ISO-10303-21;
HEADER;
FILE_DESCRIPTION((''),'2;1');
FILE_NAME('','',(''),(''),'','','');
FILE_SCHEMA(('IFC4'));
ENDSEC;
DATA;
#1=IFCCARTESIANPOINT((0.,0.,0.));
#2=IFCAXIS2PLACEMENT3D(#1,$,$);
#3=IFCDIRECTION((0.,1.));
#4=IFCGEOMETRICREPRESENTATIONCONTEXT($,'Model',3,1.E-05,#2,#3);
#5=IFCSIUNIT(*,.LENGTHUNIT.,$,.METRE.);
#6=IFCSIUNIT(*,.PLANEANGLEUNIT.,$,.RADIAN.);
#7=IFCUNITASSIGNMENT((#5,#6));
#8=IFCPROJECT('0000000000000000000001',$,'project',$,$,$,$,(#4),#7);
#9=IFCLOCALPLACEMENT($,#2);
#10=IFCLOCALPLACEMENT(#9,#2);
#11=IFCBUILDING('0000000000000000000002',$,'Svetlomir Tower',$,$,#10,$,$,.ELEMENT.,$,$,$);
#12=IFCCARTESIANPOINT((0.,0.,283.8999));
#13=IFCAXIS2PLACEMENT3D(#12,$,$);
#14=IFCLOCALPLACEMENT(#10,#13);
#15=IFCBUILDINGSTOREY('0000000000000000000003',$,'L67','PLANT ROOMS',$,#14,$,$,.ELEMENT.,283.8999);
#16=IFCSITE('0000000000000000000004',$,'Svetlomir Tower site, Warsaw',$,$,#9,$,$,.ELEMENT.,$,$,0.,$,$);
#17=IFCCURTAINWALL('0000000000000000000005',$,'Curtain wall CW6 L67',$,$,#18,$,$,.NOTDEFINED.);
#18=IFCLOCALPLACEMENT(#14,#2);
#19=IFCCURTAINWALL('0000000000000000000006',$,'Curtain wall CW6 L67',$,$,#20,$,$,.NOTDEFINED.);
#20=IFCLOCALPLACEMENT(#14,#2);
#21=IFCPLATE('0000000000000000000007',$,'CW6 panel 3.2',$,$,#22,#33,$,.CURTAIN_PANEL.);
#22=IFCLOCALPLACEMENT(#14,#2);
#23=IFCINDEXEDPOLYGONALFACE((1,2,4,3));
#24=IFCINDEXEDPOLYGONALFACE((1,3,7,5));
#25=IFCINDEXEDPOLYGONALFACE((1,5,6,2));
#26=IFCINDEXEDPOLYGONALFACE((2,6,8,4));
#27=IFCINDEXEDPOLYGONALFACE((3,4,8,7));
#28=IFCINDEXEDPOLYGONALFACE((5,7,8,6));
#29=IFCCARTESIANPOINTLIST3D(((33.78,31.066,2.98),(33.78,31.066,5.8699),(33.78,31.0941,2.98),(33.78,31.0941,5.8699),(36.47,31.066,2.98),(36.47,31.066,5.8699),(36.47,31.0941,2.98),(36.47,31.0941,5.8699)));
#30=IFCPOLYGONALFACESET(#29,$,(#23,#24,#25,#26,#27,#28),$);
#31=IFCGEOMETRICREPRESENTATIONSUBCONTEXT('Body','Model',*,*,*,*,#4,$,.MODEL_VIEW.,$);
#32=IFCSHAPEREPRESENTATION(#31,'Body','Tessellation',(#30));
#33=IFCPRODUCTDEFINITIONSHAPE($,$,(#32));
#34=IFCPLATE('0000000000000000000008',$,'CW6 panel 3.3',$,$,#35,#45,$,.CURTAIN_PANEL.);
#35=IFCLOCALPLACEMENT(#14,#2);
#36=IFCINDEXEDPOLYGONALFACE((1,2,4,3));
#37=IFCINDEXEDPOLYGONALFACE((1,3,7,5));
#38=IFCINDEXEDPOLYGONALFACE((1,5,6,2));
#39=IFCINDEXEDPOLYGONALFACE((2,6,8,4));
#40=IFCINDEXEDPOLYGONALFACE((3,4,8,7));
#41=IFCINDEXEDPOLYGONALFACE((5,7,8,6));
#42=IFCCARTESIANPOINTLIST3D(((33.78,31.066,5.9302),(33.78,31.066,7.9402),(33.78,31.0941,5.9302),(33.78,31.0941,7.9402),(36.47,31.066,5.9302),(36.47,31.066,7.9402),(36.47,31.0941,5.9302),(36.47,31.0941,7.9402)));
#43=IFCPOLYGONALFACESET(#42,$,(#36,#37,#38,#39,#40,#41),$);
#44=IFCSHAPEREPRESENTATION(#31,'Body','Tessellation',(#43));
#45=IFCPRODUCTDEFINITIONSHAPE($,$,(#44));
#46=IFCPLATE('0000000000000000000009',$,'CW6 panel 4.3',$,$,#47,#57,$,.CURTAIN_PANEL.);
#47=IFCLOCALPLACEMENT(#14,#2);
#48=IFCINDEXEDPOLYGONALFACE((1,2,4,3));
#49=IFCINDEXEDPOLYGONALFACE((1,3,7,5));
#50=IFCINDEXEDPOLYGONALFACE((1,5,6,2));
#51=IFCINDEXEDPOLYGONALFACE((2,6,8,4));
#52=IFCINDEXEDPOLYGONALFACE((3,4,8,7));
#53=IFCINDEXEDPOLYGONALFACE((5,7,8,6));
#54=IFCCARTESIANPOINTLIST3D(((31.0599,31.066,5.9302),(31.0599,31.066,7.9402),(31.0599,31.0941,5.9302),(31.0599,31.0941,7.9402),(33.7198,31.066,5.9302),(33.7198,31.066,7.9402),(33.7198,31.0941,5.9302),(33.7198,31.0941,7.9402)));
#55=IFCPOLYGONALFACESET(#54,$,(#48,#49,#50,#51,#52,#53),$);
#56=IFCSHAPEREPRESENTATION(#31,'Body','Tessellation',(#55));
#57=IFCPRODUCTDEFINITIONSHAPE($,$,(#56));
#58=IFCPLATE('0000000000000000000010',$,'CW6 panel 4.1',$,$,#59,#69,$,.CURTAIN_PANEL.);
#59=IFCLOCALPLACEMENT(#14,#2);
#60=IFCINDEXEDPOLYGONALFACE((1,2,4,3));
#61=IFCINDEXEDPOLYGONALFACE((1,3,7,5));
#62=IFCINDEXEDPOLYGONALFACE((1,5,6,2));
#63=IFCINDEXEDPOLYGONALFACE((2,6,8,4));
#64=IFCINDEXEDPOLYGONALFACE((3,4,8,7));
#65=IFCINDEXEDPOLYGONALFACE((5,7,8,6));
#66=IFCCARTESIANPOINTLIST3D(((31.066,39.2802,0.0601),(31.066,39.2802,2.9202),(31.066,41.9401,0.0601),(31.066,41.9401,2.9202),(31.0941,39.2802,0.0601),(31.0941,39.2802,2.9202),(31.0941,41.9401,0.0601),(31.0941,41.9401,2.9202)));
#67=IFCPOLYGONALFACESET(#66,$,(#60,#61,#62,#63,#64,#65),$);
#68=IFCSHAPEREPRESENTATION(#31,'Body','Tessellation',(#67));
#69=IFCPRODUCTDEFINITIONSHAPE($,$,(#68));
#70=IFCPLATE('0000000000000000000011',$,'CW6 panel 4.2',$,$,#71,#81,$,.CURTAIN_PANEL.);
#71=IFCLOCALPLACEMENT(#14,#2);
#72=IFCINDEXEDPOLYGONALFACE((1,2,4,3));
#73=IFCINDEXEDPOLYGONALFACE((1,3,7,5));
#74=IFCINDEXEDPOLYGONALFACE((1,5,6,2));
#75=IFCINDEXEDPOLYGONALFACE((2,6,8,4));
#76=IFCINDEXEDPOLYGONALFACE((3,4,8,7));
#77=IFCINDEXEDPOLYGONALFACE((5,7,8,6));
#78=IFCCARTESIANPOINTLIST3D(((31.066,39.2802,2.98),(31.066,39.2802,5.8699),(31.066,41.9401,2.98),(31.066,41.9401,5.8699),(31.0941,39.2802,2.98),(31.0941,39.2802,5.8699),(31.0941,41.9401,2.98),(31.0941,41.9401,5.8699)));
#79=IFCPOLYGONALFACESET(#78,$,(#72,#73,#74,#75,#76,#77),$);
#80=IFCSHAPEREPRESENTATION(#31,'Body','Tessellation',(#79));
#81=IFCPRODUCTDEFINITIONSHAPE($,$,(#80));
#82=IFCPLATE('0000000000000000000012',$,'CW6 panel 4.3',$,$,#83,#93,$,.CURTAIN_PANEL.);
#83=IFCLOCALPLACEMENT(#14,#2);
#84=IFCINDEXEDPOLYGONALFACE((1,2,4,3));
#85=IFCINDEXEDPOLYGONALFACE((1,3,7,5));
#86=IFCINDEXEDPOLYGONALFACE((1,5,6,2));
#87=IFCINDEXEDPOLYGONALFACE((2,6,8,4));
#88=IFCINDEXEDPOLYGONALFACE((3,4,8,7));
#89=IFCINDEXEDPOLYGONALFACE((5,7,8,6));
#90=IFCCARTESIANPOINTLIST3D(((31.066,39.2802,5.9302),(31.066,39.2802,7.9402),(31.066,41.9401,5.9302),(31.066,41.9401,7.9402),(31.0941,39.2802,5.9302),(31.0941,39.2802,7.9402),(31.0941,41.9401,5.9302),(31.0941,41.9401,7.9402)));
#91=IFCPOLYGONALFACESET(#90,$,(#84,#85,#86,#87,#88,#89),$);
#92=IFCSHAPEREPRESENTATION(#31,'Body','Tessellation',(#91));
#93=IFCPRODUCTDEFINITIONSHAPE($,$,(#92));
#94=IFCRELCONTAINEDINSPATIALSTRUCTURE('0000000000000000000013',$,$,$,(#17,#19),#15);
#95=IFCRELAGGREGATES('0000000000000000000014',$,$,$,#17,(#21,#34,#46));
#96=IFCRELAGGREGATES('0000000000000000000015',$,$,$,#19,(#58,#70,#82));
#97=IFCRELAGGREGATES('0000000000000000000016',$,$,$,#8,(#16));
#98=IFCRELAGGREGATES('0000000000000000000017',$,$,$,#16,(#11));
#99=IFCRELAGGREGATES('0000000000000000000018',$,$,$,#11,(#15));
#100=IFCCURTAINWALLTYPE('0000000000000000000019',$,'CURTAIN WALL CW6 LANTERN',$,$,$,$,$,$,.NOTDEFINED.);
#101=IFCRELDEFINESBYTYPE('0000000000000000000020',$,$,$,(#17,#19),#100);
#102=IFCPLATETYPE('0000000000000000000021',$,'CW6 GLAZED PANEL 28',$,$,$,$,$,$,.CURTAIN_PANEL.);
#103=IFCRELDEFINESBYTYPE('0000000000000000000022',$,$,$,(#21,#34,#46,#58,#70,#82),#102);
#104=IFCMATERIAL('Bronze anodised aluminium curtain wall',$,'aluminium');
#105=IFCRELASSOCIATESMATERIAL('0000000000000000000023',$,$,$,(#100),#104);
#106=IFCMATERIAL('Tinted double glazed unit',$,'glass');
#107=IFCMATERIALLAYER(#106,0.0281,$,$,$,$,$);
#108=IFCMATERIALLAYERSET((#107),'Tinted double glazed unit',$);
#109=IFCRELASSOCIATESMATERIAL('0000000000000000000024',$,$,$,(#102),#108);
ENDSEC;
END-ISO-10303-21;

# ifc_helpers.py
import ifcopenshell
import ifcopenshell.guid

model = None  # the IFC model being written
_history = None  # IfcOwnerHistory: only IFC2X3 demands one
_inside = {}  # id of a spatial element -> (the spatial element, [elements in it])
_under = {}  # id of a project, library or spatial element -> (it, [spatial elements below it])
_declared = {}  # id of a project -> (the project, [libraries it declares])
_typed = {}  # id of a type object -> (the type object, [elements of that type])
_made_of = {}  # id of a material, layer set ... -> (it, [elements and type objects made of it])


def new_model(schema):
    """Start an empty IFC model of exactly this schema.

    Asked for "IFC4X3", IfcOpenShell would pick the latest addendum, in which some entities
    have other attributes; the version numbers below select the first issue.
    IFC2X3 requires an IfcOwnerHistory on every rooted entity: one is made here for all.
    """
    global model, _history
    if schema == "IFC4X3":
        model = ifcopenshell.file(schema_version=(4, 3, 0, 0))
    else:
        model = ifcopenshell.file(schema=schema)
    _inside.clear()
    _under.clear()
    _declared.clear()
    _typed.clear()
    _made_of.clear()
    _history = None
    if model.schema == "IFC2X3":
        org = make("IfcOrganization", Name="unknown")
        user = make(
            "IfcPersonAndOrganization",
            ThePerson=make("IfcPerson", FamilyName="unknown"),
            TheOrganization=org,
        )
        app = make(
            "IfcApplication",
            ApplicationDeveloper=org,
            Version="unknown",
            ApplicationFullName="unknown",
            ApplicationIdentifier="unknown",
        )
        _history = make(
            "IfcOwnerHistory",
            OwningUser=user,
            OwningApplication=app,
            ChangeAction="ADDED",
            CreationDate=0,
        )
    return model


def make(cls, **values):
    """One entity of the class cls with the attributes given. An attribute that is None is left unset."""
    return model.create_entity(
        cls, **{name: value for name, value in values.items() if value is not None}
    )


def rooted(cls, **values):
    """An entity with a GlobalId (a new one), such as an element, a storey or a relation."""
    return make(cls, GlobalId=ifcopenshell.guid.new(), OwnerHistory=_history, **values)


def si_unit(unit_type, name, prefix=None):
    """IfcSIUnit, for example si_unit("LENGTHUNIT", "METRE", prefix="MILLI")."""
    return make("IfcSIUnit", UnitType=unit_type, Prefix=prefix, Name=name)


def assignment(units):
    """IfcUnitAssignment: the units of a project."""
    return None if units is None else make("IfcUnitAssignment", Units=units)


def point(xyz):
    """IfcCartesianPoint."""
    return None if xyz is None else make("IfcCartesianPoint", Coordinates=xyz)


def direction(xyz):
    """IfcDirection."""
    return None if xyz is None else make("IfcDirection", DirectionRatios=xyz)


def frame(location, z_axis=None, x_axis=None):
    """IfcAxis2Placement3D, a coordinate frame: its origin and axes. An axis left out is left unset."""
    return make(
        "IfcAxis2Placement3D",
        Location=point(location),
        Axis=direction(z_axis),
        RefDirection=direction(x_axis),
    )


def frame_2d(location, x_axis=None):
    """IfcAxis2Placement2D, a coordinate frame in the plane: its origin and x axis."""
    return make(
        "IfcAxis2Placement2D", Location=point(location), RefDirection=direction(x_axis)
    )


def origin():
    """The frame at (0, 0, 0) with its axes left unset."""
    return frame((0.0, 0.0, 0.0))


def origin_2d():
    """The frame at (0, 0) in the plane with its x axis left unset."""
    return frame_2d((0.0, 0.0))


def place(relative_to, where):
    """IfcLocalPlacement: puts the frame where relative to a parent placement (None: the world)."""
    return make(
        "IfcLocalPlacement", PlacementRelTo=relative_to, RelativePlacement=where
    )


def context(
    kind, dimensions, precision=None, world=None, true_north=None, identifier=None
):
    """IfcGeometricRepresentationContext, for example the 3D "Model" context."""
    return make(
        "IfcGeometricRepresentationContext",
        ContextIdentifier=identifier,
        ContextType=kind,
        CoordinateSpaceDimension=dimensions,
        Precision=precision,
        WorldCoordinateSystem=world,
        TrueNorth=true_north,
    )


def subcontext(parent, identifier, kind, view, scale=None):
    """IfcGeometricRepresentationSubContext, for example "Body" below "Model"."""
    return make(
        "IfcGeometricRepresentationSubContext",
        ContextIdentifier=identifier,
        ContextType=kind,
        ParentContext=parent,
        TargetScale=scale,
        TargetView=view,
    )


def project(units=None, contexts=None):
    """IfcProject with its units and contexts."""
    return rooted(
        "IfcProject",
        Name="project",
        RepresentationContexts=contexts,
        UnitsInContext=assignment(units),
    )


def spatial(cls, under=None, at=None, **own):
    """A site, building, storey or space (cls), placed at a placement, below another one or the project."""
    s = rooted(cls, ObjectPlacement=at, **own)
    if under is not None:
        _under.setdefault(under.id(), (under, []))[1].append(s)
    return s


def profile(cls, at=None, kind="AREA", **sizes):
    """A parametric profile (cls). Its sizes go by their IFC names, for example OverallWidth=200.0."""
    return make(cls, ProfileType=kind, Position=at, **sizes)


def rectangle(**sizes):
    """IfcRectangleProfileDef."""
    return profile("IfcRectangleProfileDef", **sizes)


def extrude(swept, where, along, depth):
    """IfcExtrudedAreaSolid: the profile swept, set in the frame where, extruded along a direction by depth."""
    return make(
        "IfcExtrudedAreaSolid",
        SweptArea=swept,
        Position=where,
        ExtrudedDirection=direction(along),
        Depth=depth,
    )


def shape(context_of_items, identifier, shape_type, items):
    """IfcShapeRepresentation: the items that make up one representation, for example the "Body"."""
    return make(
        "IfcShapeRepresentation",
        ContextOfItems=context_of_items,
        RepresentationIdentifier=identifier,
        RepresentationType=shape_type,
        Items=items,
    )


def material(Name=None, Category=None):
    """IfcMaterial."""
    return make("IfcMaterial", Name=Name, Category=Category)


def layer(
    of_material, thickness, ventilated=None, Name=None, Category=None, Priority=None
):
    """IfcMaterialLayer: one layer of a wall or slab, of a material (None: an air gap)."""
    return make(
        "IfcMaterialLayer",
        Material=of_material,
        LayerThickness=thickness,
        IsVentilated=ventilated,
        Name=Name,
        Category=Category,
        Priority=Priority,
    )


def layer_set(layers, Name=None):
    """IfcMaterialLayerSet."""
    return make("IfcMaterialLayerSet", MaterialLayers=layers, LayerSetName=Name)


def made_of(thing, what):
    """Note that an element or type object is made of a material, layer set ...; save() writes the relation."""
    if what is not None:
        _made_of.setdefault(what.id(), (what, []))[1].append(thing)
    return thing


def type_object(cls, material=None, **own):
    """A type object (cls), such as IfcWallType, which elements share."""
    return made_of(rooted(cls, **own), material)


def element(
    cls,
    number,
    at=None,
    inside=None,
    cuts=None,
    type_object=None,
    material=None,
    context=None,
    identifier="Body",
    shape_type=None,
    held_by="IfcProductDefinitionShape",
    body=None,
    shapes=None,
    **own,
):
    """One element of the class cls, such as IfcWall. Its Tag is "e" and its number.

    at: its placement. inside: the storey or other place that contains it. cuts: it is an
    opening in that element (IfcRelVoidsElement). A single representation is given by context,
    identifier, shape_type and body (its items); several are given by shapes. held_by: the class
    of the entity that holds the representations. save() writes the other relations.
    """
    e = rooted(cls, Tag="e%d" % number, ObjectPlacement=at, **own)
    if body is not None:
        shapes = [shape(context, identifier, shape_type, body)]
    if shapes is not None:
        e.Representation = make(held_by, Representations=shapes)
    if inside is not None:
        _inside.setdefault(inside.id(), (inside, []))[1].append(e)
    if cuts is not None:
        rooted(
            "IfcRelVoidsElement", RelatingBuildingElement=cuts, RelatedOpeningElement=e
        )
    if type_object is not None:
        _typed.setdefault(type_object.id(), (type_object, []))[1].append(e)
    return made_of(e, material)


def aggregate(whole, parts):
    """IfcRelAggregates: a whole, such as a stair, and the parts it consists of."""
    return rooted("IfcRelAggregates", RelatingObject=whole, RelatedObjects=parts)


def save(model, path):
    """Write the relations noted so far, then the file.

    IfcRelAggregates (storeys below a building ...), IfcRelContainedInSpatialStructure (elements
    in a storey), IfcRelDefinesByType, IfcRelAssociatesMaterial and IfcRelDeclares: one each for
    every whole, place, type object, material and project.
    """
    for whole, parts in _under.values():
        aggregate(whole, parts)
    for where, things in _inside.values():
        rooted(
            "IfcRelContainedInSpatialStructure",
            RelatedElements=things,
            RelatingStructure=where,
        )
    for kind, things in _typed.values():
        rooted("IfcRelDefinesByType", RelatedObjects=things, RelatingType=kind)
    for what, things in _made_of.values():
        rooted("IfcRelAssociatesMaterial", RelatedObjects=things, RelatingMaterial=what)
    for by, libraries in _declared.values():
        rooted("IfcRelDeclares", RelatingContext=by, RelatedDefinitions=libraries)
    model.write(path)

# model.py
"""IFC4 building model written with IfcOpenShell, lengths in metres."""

from ifc_helpers import new_model, si_unit, direction, frame, origin, origin_2d, place, context, subcontext, project, spatial, rectangle, extrude, material, layer, layer_set, type_object, element, aggregate, save


model = new_model("IFC4")

# Units and contexts
model_context = context("Model", 3, precision=1e-05, world=origin(), true_north=direction((0.0, 1.0)))
body_context = subcontext(model_context, "Body", "Model", "MODEL_VIEW")
ifc_project = project(units=[si_unit("LENGTHUNIT", "METRE"), si_unit("PLANEANGLEUNIT", "RADIAN")], contexts=[model_context])

# Site, building, storey
site_placement = place(None, origin())
site = spatial("IfcSite", under=ifc_project, at=site_placement, Name="Svetlomir Tower site, Warsaw", CompositionType="ELEMENT", RefElevation=0.0)
building_placement = place(site_placement, origin())
building = spatial("IfcBuilding", under=site, at=building_placement, Name="Svetlomir Tower", CompositionType="ELEMENT")
storey_placement = place(building_placement, frame((0.0, 0.0, 283.8999)))
storey = spatial("IfcBuildingStorey", under=building, at=storey_placement, Name="L67", Description="PLANT ROOMS", CompositionType="ELEMENT", Elevation=283.8999)

# Curtain wall
ifc_material_1 = material(Name="Bronze anodised aluminium curtain wall", Category="aluminium")
curtain_wall_type = type_object("IfcCurtainWallType", Name="CURTAIN WALL CW6 LANTERN", PredefinedType="NOTDEFINED", material=ifc_material_1)
curtain_wall_1_placement = place(storey_placement, origin())
curtain_wall_1 = element("IfcCurtainWall", 1, at=curtain_wall_1_placement, inside=storey, type_object=curtain_wall_type, Name="Curtain wall CW6 L67", PredefinedType="NOTDEFINED")

# Curtain wall
curtain_wall_2_placement = place(storey_placement, origin())
curtain_wall_2 = element("IfcCurtainWall", 2, at=curtain_wall_2_placement, inside=storey, type_object=curtain_wall_type, Name="Curtain wall CW6 L67", PredefinedType="NOTDEFINED")

# Plates
ifc_material_2 = material(Name="Tinted double glazed unit", Category="glass")
ifc_layer = layer(ifc_material_2, 0.0281)
ifc_layer_set = layer_set([ifc_layer], Name="Tinted double glazed unit")
plate_type = type_object("IfcPlateType", Name="CW6 GLAZED PANEL 28", PredefinedType="CURTAIN_PANEL", material=ifc_layer_set)
plate_1_placement = place(storey_placement, frame((35.125, 31.0801, 2.98), z_axis=(0.0, 0.0, 1.0), x_axis=(-1.0, 0.0, 0.0)))
plate_1 = element("IfcPlate", 3, at=plate_1_placement, type_object=plate_type, Name="CW6 panel 3.2", PredefinedType="CURTAIN_PANEL", context=body_context, shape_type="SweptSolid", body=[
    extrude(rectangle(XDim=2.6899, YDim=0.0281, at=origin_2d()), origin(), (0.0, 0.0, 1.0), 2.8899),
])
plate_2_placement = place(storey_placement, frame((35.125, 31.0801, 5.9302), z_axis=(0.0, 0.0, 1.0), x_axis=(-1.0, 0.0, 0.0)))
plate_2 = element("IfcPlate", 4, at=plate_2_placement, type_object=plate_type, Name="CW6 panel 3.3", PredefinedType="CURTAIN_PANEL", context=body_context, shape_type="SweptSolid", body=[
    extrude(rectangle(XDim=2.6899, YDim=0.0281, at=origin_2d()), origin(), (0.0, 0.0, 1.0), 2.01),
])
plate_3_placement = place(storey_placement, frame((32.3899, 31.0801, 5.9302), z_axis=(0.0, 0.0, 1.0), x_axis=(-1.0, 0.0, 0.0)))
plate_3 = element("IfcPlate", 5, at=plate_3_placement, type_object=plate_type, Name="CW6 panel 4.3", PredefinedType="CURTAIN_PANEL", context=body_context, shape_type="SweptSolid", body=[
    extrude(rectangle(XDim=2.6599, YDim=0.0281, at=origin_2d()), origin(), (0.0, 0.0, 1.0), 2.01),
])
aggregate(curtain_wall_1, [plate_1, plate_2, plate_3])
plate_4_placement = place(storey_placement, frame((31.0801, 40.6101, 0.0601), z_axis=(0.0, 0.0, 1.0), x_axis=(0.0, 1.0, 0.0)))
plate_4 = element("IfcPlate", 6, at=plate_4_placement, type_object=plate_type, Name="CW6 panel 4.1", PredefinedType="CURTAIN_PANEL", context=body_context, shape_type="SweptSolid", body=[
    extrude(rectangle(XDim=2.6599, YDim=0.0281, at=origin_2d()), origin(), (0.0, 0.0, 1.0), 2.8601),
])
plate_5_placement = place(storey_placement, frame((31.0801, 40.6101, 2.98), z_axis=(0.0, 0.0, 1.0), x_axis=(0.0, 1.0, 0.0)))
plate_5 = element("IfcPlate", 7, at=plate_5_placement, type_object=plate_type, Name="CW6 panel 4.2", PredefinedType="CURTAIN_PANEL", context=body_context, shape_type="SweptSolid", body=[
    extrude(rectangle(XDim=2.6599, YDim=0.0281, at=origin_2d()), origin(), (0.0, 0.0, 1.0), 2.8899),
])
plate_6_placement = place(storey_placement, frame((31.0801, 40.6101, 5.9302), z_axis=(0.0, 0.0, 1.0), x_axis=(0.0, 1.0, 0.0)))
plate_6 = element("IfcPlate", 8, at=plate_6_placement, type_object=plate_type, Name="CW6 panel 4.3", PredefinedType="CURTAIN_PANEL", context=body_context, shape_type="SweptSolid", body=[
    extrude(rectangle(XDim=2.6599, YDim=0.0281, at=origin_2d()), origin(), (0.0, 0.0, 1.0), 2.01),
])
aggregate(curtain_wall_2, [plate_4, plate_5, plate_6])

save(model, "model.ifc")
